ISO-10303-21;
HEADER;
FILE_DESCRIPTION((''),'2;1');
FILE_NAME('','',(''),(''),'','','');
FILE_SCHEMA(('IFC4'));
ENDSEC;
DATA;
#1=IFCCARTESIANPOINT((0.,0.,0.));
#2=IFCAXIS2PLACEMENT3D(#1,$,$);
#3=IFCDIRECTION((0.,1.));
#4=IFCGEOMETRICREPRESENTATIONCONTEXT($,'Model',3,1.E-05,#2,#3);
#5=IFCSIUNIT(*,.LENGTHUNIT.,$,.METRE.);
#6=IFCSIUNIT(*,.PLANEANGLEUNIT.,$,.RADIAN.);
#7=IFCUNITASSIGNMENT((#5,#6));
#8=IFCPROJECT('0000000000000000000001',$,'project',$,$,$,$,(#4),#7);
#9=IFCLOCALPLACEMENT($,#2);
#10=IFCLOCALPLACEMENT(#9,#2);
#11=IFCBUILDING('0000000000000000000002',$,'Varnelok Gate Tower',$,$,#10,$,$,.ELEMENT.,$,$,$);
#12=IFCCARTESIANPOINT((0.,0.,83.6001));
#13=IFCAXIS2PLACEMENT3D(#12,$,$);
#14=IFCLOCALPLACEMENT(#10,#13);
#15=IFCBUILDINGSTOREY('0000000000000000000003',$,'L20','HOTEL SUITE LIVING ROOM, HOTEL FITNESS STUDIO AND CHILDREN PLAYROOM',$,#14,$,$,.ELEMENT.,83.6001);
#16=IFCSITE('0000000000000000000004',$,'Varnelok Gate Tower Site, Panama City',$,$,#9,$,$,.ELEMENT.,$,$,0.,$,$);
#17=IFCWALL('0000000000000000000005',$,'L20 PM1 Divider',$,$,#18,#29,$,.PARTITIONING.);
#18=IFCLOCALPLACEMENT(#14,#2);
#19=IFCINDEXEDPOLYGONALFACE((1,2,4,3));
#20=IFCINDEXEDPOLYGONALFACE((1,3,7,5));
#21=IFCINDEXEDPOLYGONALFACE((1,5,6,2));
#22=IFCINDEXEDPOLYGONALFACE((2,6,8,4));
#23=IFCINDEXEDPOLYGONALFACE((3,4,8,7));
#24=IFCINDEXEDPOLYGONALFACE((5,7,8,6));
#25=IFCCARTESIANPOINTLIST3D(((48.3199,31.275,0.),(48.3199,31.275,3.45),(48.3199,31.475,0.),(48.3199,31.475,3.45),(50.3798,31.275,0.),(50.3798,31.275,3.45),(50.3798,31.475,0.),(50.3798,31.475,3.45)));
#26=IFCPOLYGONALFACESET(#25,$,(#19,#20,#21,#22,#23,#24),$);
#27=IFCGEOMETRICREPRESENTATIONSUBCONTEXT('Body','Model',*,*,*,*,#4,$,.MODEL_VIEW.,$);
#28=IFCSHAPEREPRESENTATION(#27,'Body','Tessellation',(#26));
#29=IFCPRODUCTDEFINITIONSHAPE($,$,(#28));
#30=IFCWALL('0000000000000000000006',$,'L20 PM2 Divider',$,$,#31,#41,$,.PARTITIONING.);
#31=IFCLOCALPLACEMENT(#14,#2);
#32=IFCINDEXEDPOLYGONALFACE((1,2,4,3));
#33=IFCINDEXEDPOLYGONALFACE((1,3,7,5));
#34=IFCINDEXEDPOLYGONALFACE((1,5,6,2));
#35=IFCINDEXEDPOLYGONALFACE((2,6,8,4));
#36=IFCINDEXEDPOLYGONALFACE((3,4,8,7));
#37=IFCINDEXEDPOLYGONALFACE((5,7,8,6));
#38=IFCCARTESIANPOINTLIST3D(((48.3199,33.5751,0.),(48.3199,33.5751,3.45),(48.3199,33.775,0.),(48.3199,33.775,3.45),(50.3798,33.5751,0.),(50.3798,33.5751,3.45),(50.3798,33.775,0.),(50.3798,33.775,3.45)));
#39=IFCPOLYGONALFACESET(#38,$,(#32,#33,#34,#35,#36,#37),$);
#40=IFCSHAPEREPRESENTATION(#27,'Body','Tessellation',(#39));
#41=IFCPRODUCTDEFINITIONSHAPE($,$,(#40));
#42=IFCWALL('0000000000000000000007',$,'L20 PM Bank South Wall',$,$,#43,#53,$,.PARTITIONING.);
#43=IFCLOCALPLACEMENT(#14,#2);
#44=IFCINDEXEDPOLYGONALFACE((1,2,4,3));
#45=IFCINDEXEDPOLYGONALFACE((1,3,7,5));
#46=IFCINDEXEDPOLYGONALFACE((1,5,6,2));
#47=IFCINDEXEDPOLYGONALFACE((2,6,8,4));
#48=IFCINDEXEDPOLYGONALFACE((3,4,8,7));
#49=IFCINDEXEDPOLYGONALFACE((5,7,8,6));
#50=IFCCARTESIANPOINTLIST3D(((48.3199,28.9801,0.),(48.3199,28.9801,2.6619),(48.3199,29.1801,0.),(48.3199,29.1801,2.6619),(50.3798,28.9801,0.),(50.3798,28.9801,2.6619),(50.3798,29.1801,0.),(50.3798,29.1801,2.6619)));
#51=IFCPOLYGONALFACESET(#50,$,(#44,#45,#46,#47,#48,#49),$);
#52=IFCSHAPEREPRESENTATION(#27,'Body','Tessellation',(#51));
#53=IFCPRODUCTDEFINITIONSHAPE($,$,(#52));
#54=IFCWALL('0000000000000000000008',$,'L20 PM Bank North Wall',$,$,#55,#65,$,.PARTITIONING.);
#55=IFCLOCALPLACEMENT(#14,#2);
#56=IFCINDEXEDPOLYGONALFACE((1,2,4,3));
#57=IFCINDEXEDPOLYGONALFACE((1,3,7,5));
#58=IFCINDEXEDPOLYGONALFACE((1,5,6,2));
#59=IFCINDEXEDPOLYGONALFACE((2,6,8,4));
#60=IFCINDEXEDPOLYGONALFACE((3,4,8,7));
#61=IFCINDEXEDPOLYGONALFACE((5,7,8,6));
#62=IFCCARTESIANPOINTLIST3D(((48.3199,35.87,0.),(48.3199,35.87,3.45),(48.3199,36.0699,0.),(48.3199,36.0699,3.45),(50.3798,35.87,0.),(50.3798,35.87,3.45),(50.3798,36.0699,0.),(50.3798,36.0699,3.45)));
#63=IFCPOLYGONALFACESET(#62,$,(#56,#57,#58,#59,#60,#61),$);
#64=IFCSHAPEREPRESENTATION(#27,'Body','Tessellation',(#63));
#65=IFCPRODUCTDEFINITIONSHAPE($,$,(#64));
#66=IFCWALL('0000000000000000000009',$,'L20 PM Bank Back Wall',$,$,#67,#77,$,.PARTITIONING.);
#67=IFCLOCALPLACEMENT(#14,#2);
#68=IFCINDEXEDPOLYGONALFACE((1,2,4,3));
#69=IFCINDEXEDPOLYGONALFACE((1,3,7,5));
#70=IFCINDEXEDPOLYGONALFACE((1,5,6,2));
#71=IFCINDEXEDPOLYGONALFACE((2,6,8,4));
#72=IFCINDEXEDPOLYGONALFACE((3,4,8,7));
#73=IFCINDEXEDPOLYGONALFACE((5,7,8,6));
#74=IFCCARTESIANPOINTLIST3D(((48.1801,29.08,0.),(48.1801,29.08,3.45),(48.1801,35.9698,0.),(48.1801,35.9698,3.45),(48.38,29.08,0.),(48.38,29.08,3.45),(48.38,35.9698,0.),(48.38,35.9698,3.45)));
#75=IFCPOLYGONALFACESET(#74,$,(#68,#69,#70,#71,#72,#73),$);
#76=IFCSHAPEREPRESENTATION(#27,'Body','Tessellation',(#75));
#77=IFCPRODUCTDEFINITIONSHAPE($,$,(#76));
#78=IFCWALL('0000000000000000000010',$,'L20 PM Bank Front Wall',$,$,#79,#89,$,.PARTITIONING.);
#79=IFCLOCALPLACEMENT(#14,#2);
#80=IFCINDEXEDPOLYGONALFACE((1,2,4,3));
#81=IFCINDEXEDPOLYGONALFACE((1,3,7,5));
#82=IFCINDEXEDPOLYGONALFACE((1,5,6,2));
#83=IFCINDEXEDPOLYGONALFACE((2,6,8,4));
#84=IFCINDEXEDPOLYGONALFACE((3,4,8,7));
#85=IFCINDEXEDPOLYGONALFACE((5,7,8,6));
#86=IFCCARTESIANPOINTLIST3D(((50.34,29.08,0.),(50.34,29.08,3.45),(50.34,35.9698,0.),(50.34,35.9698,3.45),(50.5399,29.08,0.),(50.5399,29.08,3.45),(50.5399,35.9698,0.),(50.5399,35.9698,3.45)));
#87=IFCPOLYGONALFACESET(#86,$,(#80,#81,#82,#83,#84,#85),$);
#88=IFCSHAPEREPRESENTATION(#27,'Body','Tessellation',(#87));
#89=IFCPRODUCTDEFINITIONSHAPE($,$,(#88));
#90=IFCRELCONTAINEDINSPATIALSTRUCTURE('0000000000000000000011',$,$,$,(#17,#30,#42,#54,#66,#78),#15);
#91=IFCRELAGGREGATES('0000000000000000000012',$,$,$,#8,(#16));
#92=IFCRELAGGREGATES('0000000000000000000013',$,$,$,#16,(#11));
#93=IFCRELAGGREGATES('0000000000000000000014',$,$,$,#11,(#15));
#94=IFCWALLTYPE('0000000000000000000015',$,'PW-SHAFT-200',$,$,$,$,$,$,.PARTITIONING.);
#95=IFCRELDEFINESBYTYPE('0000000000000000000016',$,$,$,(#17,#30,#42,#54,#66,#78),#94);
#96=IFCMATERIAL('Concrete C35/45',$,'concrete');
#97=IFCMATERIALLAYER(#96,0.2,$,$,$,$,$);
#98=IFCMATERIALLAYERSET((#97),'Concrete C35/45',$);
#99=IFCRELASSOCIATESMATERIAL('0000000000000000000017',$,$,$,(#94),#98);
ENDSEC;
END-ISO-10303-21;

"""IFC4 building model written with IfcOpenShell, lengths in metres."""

from ifc_helpers import new_model, si_unit, direction, frame, frame_2d, origin, place, context, subcontext, project, spatial, rectangle, extrude, material, layer, layer_set, type_object, element, save


model = new_model("IFC4")

# Units and contexts
model_context = context("Model", 3, precision=1e-05, world=origin(), true_north=direction((0.0, 1.0)))
body_context = subcontext(model_context, "Body", "Model", "MODEL_VIEW")
ifc_project = project(units=[si_unit("LENGTHUNIT", "METRE"), si_unit("PLANEANGLEUNIT", "RADIAN")], contexts=[model_context])

# Site, building, storey
site_placement = place(None, origin())
site = spatial("IfcSite", under=ifc_project, at=site_placement, Name="Varnelok Gate Tower Site, Panama City", CompositionType="ELEMENT", RefElevation=0.0)
building_placement = place(site_placement, origin())
building = spatial("IfcBuilding", under=site, at=building_placement, Name="Varnelok Gate Tower", CompositionType="ELEMENT")
storey_placement = place(building_placement, frame((0.0, 0.0, 83.6001)))
storey = spatial("IfcBuildingStorey", under=building, at=storey_placement, Name="L20", Description="HOTEL SUITE LIVING ROOM, HOTEL FITNESS STUDIO AND CHILDREN PLAYROOM", CompositionType="ELEMENT", Elevation=83.6001)

# Walls
ifc_material_1 = material(Name="Concrete C35/45", Category="concrete")
ifc_layer_1 = layer(ifc_material_1, 0.2)
ifc_layer_set_1 = layer_set([ifc_layer_1], Name="Concrete C35/45")
wall_type_1 = type_object("IfcWallType", Name="PW-SHAFT-200", PredefinedType="PARTITIONING", material=ifc_layer_set_1)
for number, where, z_axis, x_axis, name in (
    (1, (48.3201, 31.375, 0.0), (0.0, 0.0, 1.0), (1.0, 0.0, 0.0), "L20 PM1 Divider"),
    (2, (48.3201, 33.675, 0.0), (0.0, 0.0, 1.0), (1.0, 0.0, 0.0), "L20 PM2 Divider"),
):
    element("IfcWall", number, at=place(storey_placement, frame(where, z_axis=z_axis, x_axis=x_axis)), inside=storey, type_object=wall_type_1, Name=name, PredefinedType="PARTITIONING", context=body_context, shape_type="SweptSolid", body=[
        extrude(rectangle(XDim=2.0598, YDim=0.2, at=frame_2d((1.0298, 0.0))), origin(), (0.0, 0.0, 1.0), 3.45),
    ])
wall_1_placement = place(storey_placement, frame((48.3201, 29.0801, 0.0), z_axis=(0.0, 0.0, 1.0), x_axis=(1.0, 0.0, 0.0)))
element("IfcWall", 3, at=wall_1_placement, inside=storey, type_object=wall_type_1, Name="L20 PM Bank South Wall", PredefinedType="PARTITIONING", context=body_context, shape_type="SweptSolid", body=[
    extrude(rectangle(XDim=2.0598, YDim=0.2, at=frame_2d((1.0298, 0.0))), origin(), (0.0, 0.0, 1.0), 2.6619),
])
wall_2_placement = place(storey_placement, frame((48.3201, 35.97, 0.0), z_axis=(0.0, 0.0, 1.0), x_axis=(1.0, 0.0, 0.0)))
element("IfcWall", 4, at=wall_2_placement, inside=storey, type_object=wall_type_1, Name="L20 PM Bank North Wall", PredefinedType="PARTITIONING", context=body_context, shape_type="SweptSolid", body=[
    extrude(rectangle(XDim=2.0598, YDim=0.2, at=frame_2d((1.0298, 0.0))), origin(), (0.0, 0.0, 1.0), 3.45),
])
for number, where, z_axis, x_axis, name in (
    (5, (48.28, 29.0801, 0.0), (0.0, 0.0, 1.0), (0.0, 1.0, 0.0), "L20 PM Bank Back Wall"),
    (6, (50.4399, 29.0801, 0.0), (0.0, 0.0, 1.0), (0.0, 1.0, 0.0), "L20 PM Bank Front Wall"),
):
    element("IfcWall", number, at=place(storey_placement, frame(where, z_axis=z_axis, x_axis=x_axis)), inside=storey, type_object=wall_type_1, Name=name, PredefinedType="PARTITIONING", context=body_context, shape_type="SweptSolid", body=[
        extrude(rectangle(XDim=6.8899, YDim=0.2, at=frame_2d((3.4448, 0.0))), origin(), (0.0, 0.0, 1.0), 3.45),
    ])

save(model, "model.ifc")
